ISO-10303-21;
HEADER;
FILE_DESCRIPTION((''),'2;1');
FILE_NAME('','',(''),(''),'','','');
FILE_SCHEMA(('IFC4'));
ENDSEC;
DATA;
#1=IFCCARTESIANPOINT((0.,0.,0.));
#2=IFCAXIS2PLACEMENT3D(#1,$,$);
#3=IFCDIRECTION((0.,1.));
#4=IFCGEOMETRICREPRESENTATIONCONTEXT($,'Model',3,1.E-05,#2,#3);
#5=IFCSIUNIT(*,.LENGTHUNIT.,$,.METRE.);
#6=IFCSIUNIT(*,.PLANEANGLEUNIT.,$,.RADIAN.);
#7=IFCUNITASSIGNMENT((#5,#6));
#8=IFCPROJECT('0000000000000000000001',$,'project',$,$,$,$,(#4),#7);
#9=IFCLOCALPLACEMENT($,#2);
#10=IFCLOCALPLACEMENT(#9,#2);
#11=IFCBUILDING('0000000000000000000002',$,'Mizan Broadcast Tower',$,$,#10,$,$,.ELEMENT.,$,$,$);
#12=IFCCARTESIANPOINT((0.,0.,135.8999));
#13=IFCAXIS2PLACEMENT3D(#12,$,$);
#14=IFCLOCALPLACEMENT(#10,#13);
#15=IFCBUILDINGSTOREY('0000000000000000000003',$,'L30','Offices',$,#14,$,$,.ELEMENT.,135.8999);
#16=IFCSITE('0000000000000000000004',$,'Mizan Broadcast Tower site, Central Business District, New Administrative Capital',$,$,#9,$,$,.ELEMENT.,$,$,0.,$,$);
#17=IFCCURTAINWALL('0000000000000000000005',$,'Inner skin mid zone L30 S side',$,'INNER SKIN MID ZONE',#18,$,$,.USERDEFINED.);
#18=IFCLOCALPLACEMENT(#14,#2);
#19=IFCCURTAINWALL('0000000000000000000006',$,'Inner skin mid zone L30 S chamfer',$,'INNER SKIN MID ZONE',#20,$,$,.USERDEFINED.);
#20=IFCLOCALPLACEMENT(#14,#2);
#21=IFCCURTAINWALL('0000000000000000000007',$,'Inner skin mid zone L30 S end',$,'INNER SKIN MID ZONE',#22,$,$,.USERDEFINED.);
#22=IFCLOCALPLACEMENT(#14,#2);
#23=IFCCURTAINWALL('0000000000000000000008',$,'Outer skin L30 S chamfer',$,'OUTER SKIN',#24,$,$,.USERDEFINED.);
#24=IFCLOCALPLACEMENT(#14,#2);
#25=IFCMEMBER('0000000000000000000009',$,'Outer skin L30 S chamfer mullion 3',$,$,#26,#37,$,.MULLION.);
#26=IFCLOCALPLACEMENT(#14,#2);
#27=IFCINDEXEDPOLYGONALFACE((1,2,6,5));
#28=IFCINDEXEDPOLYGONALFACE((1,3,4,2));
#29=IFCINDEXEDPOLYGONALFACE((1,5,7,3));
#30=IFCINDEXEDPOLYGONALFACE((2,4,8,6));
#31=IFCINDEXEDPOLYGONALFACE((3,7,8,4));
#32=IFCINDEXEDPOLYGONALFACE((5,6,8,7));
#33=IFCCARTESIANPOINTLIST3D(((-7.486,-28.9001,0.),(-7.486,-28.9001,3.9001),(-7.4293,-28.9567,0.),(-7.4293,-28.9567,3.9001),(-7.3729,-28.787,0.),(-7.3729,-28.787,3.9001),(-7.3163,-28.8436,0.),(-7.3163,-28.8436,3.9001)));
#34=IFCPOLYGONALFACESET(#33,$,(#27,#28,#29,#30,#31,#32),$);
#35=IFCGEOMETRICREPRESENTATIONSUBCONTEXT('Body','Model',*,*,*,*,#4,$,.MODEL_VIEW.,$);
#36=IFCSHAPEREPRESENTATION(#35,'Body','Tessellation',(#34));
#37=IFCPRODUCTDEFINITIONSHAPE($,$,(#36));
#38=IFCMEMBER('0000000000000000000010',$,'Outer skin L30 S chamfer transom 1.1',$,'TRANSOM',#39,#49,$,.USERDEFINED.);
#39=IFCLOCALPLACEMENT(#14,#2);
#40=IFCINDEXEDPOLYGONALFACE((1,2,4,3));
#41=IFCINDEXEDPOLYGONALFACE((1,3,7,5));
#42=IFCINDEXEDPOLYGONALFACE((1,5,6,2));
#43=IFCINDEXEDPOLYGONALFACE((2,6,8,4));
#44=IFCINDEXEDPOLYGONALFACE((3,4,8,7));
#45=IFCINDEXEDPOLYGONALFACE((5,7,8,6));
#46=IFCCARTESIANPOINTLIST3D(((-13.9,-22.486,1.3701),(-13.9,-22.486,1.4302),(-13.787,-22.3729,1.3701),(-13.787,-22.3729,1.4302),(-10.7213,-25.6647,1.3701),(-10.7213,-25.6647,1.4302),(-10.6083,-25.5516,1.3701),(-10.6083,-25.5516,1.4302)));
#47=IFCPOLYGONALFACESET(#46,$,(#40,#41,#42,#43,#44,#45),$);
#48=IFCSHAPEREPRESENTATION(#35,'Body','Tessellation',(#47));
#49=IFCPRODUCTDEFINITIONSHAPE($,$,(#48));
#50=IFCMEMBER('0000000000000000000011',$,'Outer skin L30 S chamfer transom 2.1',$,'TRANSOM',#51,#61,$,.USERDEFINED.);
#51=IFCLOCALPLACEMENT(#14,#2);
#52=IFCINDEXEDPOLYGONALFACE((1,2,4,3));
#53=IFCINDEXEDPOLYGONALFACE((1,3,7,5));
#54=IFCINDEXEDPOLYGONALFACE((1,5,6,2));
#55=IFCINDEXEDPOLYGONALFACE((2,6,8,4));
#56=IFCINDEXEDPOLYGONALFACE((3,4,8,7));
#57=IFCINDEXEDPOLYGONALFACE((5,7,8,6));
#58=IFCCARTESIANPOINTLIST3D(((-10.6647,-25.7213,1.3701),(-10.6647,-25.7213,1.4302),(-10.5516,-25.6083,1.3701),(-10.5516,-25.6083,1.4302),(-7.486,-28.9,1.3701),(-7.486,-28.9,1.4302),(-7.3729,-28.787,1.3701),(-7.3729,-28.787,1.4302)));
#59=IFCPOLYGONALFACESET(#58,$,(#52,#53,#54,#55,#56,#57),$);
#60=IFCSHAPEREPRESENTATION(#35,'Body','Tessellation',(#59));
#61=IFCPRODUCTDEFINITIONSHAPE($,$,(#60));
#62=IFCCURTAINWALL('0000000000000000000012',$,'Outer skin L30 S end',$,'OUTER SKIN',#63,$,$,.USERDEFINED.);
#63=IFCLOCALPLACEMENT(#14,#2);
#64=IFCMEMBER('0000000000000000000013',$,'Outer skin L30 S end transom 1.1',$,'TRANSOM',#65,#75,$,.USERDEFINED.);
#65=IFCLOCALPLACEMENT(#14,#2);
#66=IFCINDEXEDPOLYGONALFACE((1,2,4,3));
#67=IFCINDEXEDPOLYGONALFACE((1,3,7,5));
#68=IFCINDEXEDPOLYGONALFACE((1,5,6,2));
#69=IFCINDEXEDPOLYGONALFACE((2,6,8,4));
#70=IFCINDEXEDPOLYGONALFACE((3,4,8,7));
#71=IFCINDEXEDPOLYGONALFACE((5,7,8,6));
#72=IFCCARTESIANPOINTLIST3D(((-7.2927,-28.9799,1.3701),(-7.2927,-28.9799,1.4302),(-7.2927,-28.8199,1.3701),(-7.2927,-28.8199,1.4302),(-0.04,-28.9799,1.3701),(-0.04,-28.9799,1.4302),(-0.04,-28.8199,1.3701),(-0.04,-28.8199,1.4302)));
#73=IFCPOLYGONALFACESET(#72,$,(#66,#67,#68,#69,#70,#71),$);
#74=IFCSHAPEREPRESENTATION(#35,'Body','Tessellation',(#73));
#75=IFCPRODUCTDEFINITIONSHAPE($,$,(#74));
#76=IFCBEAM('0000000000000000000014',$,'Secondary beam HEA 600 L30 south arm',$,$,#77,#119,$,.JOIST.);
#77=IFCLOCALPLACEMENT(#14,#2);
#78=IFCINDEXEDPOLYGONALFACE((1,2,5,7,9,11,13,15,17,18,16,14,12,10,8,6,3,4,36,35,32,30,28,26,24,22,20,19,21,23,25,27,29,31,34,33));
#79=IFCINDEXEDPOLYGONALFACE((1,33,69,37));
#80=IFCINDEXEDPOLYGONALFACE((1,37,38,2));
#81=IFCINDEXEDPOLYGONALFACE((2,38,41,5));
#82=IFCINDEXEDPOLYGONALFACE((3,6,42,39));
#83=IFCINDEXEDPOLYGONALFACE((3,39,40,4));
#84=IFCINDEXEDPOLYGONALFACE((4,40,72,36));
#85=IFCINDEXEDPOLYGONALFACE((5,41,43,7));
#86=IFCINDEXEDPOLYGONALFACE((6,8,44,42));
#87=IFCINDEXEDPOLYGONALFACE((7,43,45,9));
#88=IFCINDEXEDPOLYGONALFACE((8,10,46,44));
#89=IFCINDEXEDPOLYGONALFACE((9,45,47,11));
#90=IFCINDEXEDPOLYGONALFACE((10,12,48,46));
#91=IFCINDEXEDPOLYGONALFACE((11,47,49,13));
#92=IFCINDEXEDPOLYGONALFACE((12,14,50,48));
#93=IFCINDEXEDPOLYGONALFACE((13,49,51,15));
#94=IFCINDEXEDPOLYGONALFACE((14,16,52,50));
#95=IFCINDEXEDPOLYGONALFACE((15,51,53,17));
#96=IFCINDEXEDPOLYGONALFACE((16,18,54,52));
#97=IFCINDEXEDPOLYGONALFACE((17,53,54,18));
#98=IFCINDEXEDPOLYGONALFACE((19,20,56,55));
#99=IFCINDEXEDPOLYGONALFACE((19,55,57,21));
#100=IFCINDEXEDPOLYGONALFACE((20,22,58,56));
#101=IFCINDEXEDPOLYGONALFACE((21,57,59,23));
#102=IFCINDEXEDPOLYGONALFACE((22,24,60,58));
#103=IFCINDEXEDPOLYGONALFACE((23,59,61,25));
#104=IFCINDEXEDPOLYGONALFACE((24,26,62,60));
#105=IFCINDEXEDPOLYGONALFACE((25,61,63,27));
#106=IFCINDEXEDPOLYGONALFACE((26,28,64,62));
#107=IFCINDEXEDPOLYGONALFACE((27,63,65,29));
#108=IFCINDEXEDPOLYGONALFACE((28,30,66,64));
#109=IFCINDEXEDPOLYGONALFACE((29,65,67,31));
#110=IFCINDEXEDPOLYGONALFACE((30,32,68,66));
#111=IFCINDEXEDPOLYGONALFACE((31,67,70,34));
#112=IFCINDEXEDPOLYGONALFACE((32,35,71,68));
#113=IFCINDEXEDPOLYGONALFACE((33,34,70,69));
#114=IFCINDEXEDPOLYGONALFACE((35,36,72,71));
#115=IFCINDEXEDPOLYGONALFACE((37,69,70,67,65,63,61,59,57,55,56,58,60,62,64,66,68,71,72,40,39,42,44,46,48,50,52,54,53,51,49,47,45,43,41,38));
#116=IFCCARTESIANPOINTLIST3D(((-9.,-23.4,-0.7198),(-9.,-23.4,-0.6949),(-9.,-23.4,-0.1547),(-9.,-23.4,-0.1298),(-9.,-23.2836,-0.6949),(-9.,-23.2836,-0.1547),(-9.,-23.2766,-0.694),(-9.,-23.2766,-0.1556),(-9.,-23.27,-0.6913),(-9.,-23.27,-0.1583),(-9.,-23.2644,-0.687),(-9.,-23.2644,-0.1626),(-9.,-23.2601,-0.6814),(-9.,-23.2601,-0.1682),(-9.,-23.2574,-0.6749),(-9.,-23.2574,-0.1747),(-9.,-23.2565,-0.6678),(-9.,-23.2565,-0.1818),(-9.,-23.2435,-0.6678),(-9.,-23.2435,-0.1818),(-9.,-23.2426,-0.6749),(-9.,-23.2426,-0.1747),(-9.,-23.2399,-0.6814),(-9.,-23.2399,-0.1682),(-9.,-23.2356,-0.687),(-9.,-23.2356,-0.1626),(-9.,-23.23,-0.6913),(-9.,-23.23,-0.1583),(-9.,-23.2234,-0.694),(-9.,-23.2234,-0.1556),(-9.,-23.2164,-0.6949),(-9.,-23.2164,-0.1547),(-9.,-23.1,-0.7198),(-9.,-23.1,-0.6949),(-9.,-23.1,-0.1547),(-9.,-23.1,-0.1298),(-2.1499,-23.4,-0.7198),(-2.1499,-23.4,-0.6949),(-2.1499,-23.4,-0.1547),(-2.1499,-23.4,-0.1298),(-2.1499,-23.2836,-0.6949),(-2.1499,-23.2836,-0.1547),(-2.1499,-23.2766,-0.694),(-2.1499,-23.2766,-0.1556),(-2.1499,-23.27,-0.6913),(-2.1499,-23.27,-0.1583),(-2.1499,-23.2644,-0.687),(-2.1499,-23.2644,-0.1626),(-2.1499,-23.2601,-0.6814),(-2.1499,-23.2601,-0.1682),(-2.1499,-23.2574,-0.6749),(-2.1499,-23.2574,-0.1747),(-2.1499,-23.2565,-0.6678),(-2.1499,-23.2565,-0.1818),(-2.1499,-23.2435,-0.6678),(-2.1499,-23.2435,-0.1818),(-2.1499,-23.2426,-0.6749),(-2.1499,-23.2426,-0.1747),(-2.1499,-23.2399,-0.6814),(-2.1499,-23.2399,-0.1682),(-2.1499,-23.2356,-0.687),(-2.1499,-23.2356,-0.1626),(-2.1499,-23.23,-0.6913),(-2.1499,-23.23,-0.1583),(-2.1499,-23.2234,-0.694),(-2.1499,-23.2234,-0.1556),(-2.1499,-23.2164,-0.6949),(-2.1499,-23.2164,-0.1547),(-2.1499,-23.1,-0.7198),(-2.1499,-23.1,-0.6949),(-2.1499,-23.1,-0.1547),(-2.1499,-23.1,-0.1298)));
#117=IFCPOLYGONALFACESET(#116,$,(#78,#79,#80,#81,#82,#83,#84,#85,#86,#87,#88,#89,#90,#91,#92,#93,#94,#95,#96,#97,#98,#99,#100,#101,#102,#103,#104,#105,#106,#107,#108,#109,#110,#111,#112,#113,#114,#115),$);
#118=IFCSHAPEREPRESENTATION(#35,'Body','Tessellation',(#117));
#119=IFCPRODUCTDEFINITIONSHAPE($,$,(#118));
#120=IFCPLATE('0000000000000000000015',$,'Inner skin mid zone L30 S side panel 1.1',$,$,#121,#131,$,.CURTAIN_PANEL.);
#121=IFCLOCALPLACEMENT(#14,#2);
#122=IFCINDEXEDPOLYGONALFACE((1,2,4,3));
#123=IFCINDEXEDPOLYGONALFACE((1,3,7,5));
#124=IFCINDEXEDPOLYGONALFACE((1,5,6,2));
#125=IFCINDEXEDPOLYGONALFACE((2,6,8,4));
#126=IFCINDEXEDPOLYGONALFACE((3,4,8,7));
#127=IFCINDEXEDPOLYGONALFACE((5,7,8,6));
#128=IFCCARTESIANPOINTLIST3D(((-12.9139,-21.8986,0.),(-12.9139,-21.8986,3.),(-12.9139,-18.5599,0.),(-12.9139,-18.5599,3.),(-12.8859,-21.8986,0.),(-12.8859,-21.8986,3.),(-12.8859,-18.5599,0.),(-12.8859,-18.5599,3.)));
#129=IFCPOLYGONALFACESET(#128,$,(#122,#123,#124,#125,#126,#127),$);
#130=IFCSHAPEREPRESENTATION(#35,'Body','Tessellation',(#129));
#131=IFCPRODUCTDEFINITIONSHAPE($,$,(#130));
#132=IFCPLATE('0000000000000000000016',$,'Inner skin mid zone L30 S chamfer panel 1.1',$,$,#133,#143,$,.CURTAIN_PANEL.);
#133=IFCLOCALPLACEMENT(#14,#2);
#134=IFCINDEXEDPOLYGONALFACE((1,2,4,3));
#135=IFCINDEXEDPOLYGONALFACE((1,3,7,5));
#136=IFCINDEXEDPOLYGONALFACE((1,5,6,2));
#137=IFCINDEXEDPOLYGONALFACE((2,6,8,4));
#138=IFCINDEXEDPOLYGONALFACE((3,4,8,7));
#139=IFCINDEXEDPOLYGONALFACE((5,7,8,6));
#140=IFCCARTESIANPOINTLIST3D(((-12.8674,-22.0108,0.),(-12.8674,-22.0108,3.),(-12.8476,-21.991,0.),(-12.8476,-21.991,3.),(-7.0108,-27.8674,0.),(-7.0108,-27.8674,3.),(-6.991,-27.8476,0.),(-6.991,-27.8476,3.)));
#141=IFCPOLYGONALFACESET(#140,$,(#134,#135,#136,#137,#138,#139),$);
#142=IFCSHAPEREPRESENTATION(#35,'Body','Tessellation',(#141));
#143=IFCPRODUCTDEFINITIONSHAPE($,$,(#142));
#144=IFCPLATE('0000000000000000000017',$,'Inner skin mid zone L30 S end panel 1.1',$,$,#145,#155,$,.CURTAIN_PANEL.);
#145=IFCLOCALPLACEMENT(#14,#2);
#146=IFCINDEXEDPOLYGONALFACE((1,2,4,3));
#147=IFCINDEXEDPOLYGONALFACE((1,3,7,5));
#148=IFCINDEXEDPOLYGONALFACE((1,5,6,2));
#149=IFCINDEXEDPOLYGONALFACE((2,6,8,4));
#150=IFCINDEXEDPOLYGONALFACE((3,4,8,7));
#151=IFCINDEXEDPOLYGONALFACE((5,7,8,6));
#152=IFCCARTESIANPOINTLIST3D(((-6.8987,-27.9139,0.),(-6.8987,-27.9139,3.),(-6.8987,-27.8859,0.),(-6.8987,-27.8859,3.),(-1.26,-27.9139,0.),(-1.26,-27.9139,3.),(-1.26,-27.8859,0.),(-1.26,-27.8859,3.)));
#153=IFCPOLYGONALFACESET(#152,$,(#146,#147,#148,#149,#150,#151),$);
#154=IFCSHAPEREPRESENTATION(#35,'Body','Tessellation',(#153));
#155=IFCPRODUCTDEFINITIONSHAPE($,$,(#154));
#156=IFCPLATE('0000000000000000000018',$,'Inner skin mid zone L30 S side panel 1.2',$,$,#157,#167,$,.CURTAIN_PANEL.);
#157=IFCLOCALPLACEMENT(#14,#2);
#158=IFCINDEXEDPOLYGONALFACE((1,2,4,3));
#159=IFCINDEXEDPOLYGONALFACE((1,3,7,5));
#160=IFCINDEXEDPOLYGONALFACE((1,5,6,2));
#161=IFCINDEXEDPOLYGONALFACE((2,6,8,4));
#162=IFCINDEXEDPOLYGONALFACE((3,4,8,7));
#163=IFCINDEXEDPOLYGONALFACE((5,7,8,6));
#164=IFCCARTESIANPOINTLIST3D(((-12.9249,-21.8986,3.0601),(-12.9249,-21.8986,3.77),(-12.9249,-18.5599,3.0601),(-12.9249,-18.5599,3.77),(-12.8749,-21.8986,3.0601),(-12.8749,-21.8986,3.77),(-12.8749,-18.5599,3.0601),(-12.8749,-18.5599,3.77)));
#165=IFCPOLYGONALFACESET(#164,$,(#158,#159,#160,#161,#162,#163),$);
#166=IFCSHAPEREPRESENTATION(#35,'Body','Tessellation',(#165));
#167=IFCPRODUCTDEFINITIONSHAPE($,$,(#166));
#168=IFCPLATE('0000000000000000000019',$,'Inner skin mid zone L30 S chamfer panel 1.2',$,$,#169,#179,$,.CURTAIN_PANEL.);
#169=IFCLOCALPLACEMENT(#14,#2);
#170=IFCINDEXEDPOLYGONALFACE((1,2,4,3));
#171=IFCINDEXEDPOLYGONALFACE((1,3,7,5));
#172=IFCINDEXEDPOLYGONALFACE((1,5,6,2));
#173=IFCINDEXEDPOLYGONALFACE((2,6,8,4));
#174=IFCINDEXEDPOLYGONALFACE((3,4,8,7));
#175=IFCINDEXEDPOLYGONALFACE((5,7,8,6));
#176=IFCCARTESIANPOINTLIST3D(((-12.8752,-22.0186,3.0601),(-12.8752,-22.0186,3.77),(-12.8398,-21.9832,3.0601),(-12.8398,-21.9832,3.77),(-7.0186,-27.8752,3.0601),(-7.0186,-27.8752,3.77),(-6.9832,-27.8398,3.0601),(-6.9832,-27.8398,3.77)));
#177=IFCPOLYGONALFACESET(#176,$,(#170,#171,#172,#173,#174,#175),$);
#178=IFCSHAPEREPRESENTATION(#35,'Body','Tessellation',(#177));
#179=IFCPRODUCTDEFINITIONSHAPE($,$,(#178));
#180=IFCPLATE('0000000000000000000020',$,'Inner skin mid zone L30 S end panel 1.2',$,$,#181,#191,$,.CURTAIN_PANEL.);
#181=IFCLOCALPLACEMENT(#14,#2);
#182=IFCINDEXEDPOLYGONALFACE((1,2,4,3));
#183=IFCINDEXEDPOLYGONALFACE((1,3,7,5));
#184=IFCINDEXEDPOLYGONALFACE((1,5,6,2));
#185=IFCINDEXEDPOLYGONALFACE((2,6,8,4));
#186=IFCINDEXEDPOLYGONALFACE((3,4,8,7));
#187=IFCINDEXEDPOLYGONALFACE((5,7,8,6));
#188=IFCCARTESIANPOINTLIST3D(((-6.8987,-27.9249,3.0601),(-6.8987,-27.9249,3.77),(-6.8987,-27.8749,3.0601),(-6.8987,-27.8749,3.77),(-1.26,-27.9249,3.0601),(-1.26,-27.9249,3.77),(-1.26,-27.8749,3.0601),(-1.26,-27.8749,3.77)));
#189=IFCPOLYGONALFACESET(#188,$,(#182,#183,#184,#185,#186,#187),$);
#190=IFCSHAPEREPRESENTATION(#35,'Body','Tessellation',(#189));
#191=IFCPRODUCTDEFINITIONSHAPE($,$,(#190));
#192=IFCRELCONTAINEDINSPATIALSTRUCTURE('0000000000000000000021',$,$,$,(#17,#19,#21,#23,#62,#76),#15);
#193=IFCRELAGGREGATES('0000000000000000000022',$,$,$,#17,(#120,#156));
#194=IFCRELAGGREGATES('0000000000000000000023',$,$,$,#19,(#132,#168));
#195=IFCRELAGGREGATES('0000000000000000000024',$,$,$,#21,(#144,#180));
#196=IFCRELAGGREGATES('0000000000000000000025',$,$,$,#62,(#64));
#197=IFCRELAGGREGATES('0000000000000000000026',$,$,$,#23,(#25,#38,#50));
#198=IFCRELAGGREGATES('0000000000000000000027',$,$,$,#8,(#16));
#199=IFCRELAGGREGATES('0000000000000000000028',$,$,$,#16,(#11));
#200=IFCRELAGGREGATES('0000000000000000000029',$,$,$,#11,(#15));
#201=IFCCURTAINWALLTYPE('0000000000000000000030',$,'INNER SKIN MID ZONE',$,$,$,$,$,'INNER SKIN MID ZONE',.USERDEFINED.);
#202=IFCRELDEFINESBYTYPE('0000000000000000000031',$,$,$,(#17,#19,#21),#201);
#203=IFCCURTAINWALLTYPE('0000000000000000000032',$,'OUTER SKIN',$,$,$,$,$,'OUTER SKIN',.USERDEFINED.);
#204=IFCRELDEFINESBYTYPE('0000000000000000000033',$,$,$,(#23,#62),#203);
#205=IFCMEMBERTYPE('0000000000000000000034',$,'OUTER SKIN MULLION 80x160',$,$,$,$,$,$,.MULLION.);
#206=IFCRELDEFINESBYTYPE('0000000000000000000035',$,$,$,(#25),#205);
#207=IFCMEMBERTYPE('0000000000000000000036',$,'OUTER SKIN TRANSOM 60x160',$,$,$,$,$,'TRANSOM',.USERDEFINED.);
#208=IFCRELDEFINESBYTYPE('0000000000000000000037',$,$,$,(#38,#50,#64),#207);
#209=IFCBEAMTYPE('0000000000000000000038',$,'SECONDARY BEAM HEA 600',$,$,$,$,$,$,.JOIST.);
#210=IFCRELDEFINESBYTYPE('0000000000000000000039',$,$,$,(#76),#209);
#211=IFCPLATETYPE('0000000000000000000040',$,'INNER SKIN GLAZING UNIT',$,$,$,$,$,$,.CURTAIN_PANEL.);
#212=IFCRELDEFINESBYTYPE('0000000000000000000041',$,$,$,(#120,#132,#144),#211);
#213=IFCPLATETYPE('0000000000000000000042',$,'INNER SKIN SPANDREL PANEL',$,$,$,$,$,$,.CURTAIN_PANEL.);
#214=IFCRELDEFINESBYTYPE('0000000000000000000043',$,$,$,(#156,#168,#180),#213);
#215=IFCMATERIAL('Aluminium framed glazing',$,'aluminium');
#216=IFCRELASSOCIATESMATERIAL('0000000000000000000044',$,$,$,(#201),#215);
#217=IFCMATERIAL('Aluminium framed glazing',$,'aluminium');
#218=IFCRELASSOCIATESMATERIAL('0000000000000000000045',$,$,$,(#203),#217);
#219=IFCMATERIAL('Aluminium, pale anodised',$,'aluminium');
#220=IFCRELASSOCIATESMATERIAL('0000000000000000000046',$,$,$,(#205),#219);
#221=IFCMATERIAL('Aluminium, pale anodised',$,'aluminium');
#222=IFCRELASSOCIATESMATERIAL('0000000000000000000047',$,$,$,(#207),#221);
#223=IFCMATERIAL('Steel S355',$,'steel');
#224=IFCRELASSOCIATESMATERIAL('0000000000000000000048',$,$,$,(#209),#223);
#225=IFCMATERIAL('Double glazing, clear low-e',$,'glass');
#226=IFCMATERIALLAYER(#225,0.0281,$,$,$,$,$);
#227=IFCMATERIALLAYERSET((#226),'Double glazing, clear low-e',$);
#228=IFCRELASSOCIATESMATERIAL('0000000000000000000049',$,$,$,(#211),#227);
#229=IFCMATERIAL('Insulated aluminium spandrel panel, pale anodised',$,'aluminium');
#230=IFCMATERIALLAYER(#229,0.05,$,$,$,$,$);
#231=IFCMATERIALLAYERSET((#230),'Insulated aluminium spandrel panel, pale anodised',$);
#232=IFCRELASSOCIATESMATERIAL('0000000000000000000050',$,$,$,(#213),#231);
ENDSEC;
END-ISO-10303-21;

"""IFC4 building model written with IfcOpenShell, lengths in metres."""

from ifc_helpers import new_model, si_unit, direction, frame, origin, origin_2d, place, context, subcontext, project, spatial, rectangle, i_section, extrude, material, layer, layer_set, material_profile, profile_set, type_object, element, aggregate, save


model = new_model("IFC4")

# Units and contexts
model_context = context("Model", 3, precision=1e-05, world=origin(), true_north=direction((0.0, 1.0)))
body_context = subcontext(model_context, "Body", "Model", "MODEL_VIEW")
ifc_project = project(units=[si_unit("LENGTHUNIT", "METRE"), si_unit("PLANEANGLEUNIT", "RADIAN")], contexts=[model_context])

# Site, building, storey
site_placement = place(None, origin())
site = spatial("IfcSite", under=ifc_project, at=site_placement, Name="Mizan Broadcast Tower site, Central Business District, New Administrative Capital", CompositionType="ELEMENT", RefElevation=0.0)
building_placement = place(site_placement, origin())
building = spatial("IfcBuilding", under=site, at=building_placement, Name="Mizan Broadcast Tower", CompositionType="ELEMENT")
storey_placement = place(building_placement, frame((0.0, 0.0, 135.8999)))
storey = spatial("IfcBuildingStorey", under=building, at=storey_placement, Name="L30", Description="Offices", CompositionType="ELEMENT", Elevation=135.8999)

# Curtain walls
ifc_material_1 = material(Name="Aluminium framed glazing", Category="aluminium")
curtain_wall_type_1 = type_object("IfcCurtainWallType", Name="INNER SKIN MID ZONE", ElementType="INNER SKIN MID ZONE", PredefinedType="USERDEFINED", material=ifc_material_1)
curtain_wall_1_placement = place(storey_placement, origin())
curtain_wall_1 = element("IfcCurtainWall", 1, at=curtain_wall_1_placement, inside=storey, type_object=curtain_wall_type_1, Name="Inner skin mid zone L30 S side", ObjectType="INNER SKIN MID ZONE", PredefinedType="USERDEFINED")
curtain_wall_2_placement = place(storey_placement, origin())
curtain_wall_2 = element("IfcCurtainWall", 2, at=curtain_wall_2_placement, inside=storey, type_object=curtain_wall_type_1, Name="Inner skin mid zone L30 S chamfer", ObjectType="INNER SKIN MID ZONE", PredefinedType="USERDEFINED")
curtain_wall_3_placement = place(storey_placement, origin())
curtain_wall_3 = element("IfcCurtainWall", 3, at=curtain_wall_3_placement, inside=storey, type_object=curtain_wall_type_1, Name="Inner skin mid zone L30 S end", ObjectType="INNER SKIN MID ZONE", PredefinedType="USERDEFINED")

# Curtain wall, members
ifc_material_2 = material(Name="Aluminium framed glazing", Category="aluminium")
curtain_wall_type_2 = type_object("IfcCurtainWallType", Name="OUTER SKIN", ElementType="OUTER SKIN", PredefinedType="USERDEFINED", material=ifc_material_2)
curtain_wall_4_placement = place(storey_placement, origin())
curtain_wall_4 = element("IfcCurtainWall", 4, at=curtain_wall_4_placement, inside=storey, type_object=curtain_wall_type_2, Name="Outer skin L30 S chamfer", ObjectType="OUTER SKIN", PredefinedType="USERDEFINED")
ifc_material_3 = material(Name="Aluminium, pale anodised", Category="aluminium")
ifc_material_profile_1 = material_profile(ifc_material_3, rectangle(XDim=0.1599, YDim=0.0801, at=origin_2d()), Name="MULLION 160x80")
ifc_profile_set_1 = profile_set([ifc_material_profile_1], Name="Aluminium, pale anodised")
member_type_1 = type_object("IfcMemberType", Name="OUTER SKIN MULLION 80x160", PredefinedType="MULLION", material=ifc_profile_set_1)
member_1_placement = place(storey_placement, frame((-7.4011, -28.8718, 0.0), z_axis=(0.0, 0.0, 1.0), x_axis=(0.707107, 0.707107, 0.0)))
member_1 = element("IfcMember", 5, at=member_1_placement, type_object=member_type_1, Name="Outer skin L30 S chamfer mullion 3", PredefinedType="MULLION", context=body_context, shape_type="SweptSolid", body=[
    extrude(rectangle(XDim=0.1599, YDim=0.0801, at=origin_2d()), origin(), (0.0, 0.0, 1.0), 3.9001),
])
ifc_material_4 = material(Name="Aluminium, pale anodised", Category="aluminium")
ifc_material_profile_2 = material_profile(ifc_material_4, rectangle(XDim=0.1599, YDim=0.0601, at=origin_2d()), Name="TRANSOM 160x60")
ifc_profile_set_2 = profile_set([ifc_material_profile_2], Name="Aluminium, pale anodised")
member_type_2 = type_object("IfcMemberType", Name="OUTER SKIN TRANSOM 60x160", ElementType="TRANSOM", PredefinedType="USERDEFINED", material=ifc_profile_set_2)
member_2_placement = place(storey_placement, frame((-13.8435, -22.4294, 1.4001), z_axis=(0.707107, -0.707107, 0.0), x_axis=(0.707107, 0.707107, 0.0)))
member_2 = element("IfcMember", 6, at=member_2_placement, type_object=member_type_2, Name="Outer skin L30 S chamfer transom 1.1", ObjectType="TRANSOM", PredefinedType="USERDEFINED", context=body_context, shape_type="SweptSolid", body=[
    extrude(rectangle(XDim=0.1599, YDim=0.0601, at=origin_2d()), origin(), (0.0, 0.0, 1.0), 4.4954),
])
member_3_placement = place(storey_placement, frame((-10.6082, -25.6648, 1.4001), z_axis=(0.707107, -0.707107, 0.0), x_axis=(0.707107, 0.707107, 0.0)))
member_3 = element("IfcMember", 7, at=member_3_placement, type_object=member_type_2, Name="Outer skin L30 S chamfer transom 2.1", ObjectType="TRANSOM", PredefinedType="USERDEFINED", context=body_context, shape_type="SweptSolid", body=[
    extrude(rectangle(XDim=0.1599, YDim=0.0601, at=origin_2d()), origin(), (0.0, 0.0, 1.0), 4.4954),
])

# Curtain wall, member
curtain_wall_5_placement = place(storey_placement, origin())
curtain_wall_5 = element("IfcCurtainWall", 8, at=curtain_wall_5_placement, inside=storey, type_object=curtain_wall_type_2, Name="Outer skin L30 S end", ObjectType="OUTER SKIN", PredefinedType="USERDEFINED")
member_4_placement = place(storey_placement, frame((-7.2927, -28.8999, 1.4001), z_axis=(1.0, 0.0, 0.0), x_axis=(0.0, 1.0, 0.0)))
member_4 = element("IfcMember", 9, at=member_4_placement, type_object=member_type_2, Name="Outer skin L30 S end transom 1.1", ObjectType="TRANSOM", PredefinedType="USERDEFINED", context=body_context, shape_type="SweptSolid", body=[
    extrude(rectangle(XDim=0.1599, YDim=0.0601, at=origin_2d()), origin(), (0.0, 0.0, 1.0), 7.2527),
])

# Beam
ifc_material_5 = material(Name="Steel S355", Category="steel")
ifc_material_profile_3 = material_profile(ifc_material_5, i_section(OverallWidth=0.3, OverallDepth=0.5901, WebThickness=0.0129, FlangeThickness=0.0249, FilletRadius=0.0271, at=origin_2d()), Name="HEA 600")
ifc_profile_set_3 = profile_set([ifc_material_profile_3], Name="Steel S355")
beam_type_1 = type_object("IfcBeamType", Name="SECONDARY BEAM HEA 600", PredefinedType="JOIST", material=ifc_profile_set_3)
beam_1_placement = place(storey_placement, frame((-9.0, -23.25, -0.4248), z_axis=(1.0, 0.0, 0.0), x_axis=(0.0, 1.0, 0.0)))
element("IfcBeam", 10, at=beam_1_placement, inside=storey, type_object=beam_type_1, Name="Secondary beam HEA 600 L30 south arm", PredefinedType="JOIST", context=body_context, shape_type="SweptSolid", body=[
    extrude(i_section(OverallWidth=0.3, OverallDepth=0.5901, WebThickness=0.0129, FlangeThickness=0.0249, FilletRadius=0.0271, at=origin_2d()), origin(), (0.0, 0.0, 1.0), 6.8501),
])

# Plates
ifc_material_6 = material(Name="Double glazing, clear low-e", Category="glass")
ifc_layer_1 = layer(ifc_material_6, 0.0281)
ifc_layer_set_1 = layer_set([ifc_layer_1], Name="Double glazing, clear low-e")
plate_type_1 = type_object("IfcPlateType", Name="INNER SKIN GLAZING UNIT", PredefinedType="CURTAIN_PANEL", material=ifc_layer_set_1)
plate_1_placement = place(storey_placement, frame((-12.8999, -20.2292, 0.0), z_axis=(0.0, 0.0, 1.0), x_axis=(0.0, -1.0, 0.0)))
plate_1 = element("IfcPlate", 11, at=plate_1_placement, type_object=plate_type_1, Name="Inner skin mid zone L30 S side panel 1.1", PredefinedType="CURTAIN_PANEL", context=body_context, shape_type="SweptSolid", body=[
    extrude(rectangle(XDim=3.3386, YDim=0.0281, at=origin_2d()), origin(), (0.0, 0.0, 1.0), 3.0),
])
plate_2_placement = place(storey_placement, frame((-9.9292, -24.9292, 0.0), z_axis=(0.0, 0.0, 1.0), x_axis=(0.707107, -0.707107, 0.0)))
plate_2 = element("IfcPlate", 12, at=plate_2_placement, type_object=plate_type_1, Name="Inner skin mid zone L30 S chamfer panel 1.1", PredefinedType="CURTAIN_PANEL", context=body_context, shape_type="SweptSolid", body=[
    extrude(rectangle(XDim=8.2825, YDim=0.0281, at=origin_2d()), origin(), (0.0, 0.0, 1.0), 3.0),
])
plate_3_placement = place(storey_placement, frame((-4.0793, -27.8999, 0.0), z_axis=(0.0, 0.0, 1.0), x_axis=(1.0, 0.0, 0.0)))
plate_3 = element("IfcPlate", 13, at=plate_3_placement, type_object=plate_type_1, Name="Inner skin mid zone L30 S end panel 1.1", PredefinedType="CURTAIN_PANEL", context=body_context, shape_type="SweptSolid", body=[
    extrude(rectangle(XDim=5.6387, YDim=0.0281, at=origin_2d()), origin(), (0.0, 0.0, 1.0), 3.0),
])
ifc_material_7 = material(Name="Insulated aluminium spandrel panel, pale anodised", Category="aluminium")
ifc_layer_2 = layer(ifc_material_7, 0.05)
ifc_layer_set_2 = layer_set([ifc_layer_2], Name="Insulated aluminium spandrel panel, pale anodised")
plate_type_2 = type_object("IfcPlateType", Name="INNER SKIN SPANDREL PANEL", PredefinedType="CURTAIN_PANEL", material=ifc_layer_set_2)
plate_4_placement = place(storey_placement, frame((-12.8999, -20.2292, 3.0601), z_axis=(0.0, 0.0, 1.0), x_axis=(0.0, -1.0, 0.0)))
plate_4 = element("IfcPlate", 14, at=plate_4_placement, type_object=plate_type_2, Name="Inner skin mid zone L30 S side panel 1.2", PredefinedType="CURTAIN_PANEL", context=body_context, shape_type="SweptSolid", body=[
    extrude(rectangle(XDim=3.3386, YDim=0.05, at=origin_2d()), origin(), (0.0, 0.0, 1.0), 0.71),
])
aggregate(curtain_wall_1, [plate_1, plate_4])
plate_5_placement = place(storey_placement, frame((-9.9292, -24.9292, 3.0601), z_axis=(0.0, 0.0, 1.0), x_axis=(0.707107, -0.707107, 0.0)))
plate_5 = element("IfcPlate", 15, at=plate_5_placement, type_object=plate_type_2, Name="Inner skin mid zone L30 S chamfer panel 1.2", PredefinedType="CURTAIN_PANEL", context=body_context, shape_type="SweptSolid", body=[
    extrude(rectangle(XDim=8.2825, YDim=0.05, at=origin_2d()), origin(), (0.0, 0.0, 1.0), 0.71),
])
aggregate(curtain_wall_2, [plate_2, plate_5])
plate_6_placement = place(storey_placement, frame((-4.0793, -27.8999, 3.0601), z_axis=(0.0, 0.0, 1.0), x_axis=(1.0, 0.0, 0.0)))
plate_6 = element("IfcPlate", 16, at=plate_6_placement, type_object=plate_type_2, Name="Inner skin mid zone L30 S end panel 1.2", PredefinedType="CURTAIN_PANEL", context=body_context, shape_type="SweptSolid", body=[
    extrude(rectangle(XDim=5.6387, YDim=0.05, at=origin_2d()), origin(), (0.0, 0.0, 1.0), 0.71),
])
aggregate(curtain_wall_3, [plate_3, plate_6])

aggregate(curtain_wall_5, [member_4])
aggregate(curtain_wall_4, [member_1, member_2, member_3])

save(model, "model.ifc")
